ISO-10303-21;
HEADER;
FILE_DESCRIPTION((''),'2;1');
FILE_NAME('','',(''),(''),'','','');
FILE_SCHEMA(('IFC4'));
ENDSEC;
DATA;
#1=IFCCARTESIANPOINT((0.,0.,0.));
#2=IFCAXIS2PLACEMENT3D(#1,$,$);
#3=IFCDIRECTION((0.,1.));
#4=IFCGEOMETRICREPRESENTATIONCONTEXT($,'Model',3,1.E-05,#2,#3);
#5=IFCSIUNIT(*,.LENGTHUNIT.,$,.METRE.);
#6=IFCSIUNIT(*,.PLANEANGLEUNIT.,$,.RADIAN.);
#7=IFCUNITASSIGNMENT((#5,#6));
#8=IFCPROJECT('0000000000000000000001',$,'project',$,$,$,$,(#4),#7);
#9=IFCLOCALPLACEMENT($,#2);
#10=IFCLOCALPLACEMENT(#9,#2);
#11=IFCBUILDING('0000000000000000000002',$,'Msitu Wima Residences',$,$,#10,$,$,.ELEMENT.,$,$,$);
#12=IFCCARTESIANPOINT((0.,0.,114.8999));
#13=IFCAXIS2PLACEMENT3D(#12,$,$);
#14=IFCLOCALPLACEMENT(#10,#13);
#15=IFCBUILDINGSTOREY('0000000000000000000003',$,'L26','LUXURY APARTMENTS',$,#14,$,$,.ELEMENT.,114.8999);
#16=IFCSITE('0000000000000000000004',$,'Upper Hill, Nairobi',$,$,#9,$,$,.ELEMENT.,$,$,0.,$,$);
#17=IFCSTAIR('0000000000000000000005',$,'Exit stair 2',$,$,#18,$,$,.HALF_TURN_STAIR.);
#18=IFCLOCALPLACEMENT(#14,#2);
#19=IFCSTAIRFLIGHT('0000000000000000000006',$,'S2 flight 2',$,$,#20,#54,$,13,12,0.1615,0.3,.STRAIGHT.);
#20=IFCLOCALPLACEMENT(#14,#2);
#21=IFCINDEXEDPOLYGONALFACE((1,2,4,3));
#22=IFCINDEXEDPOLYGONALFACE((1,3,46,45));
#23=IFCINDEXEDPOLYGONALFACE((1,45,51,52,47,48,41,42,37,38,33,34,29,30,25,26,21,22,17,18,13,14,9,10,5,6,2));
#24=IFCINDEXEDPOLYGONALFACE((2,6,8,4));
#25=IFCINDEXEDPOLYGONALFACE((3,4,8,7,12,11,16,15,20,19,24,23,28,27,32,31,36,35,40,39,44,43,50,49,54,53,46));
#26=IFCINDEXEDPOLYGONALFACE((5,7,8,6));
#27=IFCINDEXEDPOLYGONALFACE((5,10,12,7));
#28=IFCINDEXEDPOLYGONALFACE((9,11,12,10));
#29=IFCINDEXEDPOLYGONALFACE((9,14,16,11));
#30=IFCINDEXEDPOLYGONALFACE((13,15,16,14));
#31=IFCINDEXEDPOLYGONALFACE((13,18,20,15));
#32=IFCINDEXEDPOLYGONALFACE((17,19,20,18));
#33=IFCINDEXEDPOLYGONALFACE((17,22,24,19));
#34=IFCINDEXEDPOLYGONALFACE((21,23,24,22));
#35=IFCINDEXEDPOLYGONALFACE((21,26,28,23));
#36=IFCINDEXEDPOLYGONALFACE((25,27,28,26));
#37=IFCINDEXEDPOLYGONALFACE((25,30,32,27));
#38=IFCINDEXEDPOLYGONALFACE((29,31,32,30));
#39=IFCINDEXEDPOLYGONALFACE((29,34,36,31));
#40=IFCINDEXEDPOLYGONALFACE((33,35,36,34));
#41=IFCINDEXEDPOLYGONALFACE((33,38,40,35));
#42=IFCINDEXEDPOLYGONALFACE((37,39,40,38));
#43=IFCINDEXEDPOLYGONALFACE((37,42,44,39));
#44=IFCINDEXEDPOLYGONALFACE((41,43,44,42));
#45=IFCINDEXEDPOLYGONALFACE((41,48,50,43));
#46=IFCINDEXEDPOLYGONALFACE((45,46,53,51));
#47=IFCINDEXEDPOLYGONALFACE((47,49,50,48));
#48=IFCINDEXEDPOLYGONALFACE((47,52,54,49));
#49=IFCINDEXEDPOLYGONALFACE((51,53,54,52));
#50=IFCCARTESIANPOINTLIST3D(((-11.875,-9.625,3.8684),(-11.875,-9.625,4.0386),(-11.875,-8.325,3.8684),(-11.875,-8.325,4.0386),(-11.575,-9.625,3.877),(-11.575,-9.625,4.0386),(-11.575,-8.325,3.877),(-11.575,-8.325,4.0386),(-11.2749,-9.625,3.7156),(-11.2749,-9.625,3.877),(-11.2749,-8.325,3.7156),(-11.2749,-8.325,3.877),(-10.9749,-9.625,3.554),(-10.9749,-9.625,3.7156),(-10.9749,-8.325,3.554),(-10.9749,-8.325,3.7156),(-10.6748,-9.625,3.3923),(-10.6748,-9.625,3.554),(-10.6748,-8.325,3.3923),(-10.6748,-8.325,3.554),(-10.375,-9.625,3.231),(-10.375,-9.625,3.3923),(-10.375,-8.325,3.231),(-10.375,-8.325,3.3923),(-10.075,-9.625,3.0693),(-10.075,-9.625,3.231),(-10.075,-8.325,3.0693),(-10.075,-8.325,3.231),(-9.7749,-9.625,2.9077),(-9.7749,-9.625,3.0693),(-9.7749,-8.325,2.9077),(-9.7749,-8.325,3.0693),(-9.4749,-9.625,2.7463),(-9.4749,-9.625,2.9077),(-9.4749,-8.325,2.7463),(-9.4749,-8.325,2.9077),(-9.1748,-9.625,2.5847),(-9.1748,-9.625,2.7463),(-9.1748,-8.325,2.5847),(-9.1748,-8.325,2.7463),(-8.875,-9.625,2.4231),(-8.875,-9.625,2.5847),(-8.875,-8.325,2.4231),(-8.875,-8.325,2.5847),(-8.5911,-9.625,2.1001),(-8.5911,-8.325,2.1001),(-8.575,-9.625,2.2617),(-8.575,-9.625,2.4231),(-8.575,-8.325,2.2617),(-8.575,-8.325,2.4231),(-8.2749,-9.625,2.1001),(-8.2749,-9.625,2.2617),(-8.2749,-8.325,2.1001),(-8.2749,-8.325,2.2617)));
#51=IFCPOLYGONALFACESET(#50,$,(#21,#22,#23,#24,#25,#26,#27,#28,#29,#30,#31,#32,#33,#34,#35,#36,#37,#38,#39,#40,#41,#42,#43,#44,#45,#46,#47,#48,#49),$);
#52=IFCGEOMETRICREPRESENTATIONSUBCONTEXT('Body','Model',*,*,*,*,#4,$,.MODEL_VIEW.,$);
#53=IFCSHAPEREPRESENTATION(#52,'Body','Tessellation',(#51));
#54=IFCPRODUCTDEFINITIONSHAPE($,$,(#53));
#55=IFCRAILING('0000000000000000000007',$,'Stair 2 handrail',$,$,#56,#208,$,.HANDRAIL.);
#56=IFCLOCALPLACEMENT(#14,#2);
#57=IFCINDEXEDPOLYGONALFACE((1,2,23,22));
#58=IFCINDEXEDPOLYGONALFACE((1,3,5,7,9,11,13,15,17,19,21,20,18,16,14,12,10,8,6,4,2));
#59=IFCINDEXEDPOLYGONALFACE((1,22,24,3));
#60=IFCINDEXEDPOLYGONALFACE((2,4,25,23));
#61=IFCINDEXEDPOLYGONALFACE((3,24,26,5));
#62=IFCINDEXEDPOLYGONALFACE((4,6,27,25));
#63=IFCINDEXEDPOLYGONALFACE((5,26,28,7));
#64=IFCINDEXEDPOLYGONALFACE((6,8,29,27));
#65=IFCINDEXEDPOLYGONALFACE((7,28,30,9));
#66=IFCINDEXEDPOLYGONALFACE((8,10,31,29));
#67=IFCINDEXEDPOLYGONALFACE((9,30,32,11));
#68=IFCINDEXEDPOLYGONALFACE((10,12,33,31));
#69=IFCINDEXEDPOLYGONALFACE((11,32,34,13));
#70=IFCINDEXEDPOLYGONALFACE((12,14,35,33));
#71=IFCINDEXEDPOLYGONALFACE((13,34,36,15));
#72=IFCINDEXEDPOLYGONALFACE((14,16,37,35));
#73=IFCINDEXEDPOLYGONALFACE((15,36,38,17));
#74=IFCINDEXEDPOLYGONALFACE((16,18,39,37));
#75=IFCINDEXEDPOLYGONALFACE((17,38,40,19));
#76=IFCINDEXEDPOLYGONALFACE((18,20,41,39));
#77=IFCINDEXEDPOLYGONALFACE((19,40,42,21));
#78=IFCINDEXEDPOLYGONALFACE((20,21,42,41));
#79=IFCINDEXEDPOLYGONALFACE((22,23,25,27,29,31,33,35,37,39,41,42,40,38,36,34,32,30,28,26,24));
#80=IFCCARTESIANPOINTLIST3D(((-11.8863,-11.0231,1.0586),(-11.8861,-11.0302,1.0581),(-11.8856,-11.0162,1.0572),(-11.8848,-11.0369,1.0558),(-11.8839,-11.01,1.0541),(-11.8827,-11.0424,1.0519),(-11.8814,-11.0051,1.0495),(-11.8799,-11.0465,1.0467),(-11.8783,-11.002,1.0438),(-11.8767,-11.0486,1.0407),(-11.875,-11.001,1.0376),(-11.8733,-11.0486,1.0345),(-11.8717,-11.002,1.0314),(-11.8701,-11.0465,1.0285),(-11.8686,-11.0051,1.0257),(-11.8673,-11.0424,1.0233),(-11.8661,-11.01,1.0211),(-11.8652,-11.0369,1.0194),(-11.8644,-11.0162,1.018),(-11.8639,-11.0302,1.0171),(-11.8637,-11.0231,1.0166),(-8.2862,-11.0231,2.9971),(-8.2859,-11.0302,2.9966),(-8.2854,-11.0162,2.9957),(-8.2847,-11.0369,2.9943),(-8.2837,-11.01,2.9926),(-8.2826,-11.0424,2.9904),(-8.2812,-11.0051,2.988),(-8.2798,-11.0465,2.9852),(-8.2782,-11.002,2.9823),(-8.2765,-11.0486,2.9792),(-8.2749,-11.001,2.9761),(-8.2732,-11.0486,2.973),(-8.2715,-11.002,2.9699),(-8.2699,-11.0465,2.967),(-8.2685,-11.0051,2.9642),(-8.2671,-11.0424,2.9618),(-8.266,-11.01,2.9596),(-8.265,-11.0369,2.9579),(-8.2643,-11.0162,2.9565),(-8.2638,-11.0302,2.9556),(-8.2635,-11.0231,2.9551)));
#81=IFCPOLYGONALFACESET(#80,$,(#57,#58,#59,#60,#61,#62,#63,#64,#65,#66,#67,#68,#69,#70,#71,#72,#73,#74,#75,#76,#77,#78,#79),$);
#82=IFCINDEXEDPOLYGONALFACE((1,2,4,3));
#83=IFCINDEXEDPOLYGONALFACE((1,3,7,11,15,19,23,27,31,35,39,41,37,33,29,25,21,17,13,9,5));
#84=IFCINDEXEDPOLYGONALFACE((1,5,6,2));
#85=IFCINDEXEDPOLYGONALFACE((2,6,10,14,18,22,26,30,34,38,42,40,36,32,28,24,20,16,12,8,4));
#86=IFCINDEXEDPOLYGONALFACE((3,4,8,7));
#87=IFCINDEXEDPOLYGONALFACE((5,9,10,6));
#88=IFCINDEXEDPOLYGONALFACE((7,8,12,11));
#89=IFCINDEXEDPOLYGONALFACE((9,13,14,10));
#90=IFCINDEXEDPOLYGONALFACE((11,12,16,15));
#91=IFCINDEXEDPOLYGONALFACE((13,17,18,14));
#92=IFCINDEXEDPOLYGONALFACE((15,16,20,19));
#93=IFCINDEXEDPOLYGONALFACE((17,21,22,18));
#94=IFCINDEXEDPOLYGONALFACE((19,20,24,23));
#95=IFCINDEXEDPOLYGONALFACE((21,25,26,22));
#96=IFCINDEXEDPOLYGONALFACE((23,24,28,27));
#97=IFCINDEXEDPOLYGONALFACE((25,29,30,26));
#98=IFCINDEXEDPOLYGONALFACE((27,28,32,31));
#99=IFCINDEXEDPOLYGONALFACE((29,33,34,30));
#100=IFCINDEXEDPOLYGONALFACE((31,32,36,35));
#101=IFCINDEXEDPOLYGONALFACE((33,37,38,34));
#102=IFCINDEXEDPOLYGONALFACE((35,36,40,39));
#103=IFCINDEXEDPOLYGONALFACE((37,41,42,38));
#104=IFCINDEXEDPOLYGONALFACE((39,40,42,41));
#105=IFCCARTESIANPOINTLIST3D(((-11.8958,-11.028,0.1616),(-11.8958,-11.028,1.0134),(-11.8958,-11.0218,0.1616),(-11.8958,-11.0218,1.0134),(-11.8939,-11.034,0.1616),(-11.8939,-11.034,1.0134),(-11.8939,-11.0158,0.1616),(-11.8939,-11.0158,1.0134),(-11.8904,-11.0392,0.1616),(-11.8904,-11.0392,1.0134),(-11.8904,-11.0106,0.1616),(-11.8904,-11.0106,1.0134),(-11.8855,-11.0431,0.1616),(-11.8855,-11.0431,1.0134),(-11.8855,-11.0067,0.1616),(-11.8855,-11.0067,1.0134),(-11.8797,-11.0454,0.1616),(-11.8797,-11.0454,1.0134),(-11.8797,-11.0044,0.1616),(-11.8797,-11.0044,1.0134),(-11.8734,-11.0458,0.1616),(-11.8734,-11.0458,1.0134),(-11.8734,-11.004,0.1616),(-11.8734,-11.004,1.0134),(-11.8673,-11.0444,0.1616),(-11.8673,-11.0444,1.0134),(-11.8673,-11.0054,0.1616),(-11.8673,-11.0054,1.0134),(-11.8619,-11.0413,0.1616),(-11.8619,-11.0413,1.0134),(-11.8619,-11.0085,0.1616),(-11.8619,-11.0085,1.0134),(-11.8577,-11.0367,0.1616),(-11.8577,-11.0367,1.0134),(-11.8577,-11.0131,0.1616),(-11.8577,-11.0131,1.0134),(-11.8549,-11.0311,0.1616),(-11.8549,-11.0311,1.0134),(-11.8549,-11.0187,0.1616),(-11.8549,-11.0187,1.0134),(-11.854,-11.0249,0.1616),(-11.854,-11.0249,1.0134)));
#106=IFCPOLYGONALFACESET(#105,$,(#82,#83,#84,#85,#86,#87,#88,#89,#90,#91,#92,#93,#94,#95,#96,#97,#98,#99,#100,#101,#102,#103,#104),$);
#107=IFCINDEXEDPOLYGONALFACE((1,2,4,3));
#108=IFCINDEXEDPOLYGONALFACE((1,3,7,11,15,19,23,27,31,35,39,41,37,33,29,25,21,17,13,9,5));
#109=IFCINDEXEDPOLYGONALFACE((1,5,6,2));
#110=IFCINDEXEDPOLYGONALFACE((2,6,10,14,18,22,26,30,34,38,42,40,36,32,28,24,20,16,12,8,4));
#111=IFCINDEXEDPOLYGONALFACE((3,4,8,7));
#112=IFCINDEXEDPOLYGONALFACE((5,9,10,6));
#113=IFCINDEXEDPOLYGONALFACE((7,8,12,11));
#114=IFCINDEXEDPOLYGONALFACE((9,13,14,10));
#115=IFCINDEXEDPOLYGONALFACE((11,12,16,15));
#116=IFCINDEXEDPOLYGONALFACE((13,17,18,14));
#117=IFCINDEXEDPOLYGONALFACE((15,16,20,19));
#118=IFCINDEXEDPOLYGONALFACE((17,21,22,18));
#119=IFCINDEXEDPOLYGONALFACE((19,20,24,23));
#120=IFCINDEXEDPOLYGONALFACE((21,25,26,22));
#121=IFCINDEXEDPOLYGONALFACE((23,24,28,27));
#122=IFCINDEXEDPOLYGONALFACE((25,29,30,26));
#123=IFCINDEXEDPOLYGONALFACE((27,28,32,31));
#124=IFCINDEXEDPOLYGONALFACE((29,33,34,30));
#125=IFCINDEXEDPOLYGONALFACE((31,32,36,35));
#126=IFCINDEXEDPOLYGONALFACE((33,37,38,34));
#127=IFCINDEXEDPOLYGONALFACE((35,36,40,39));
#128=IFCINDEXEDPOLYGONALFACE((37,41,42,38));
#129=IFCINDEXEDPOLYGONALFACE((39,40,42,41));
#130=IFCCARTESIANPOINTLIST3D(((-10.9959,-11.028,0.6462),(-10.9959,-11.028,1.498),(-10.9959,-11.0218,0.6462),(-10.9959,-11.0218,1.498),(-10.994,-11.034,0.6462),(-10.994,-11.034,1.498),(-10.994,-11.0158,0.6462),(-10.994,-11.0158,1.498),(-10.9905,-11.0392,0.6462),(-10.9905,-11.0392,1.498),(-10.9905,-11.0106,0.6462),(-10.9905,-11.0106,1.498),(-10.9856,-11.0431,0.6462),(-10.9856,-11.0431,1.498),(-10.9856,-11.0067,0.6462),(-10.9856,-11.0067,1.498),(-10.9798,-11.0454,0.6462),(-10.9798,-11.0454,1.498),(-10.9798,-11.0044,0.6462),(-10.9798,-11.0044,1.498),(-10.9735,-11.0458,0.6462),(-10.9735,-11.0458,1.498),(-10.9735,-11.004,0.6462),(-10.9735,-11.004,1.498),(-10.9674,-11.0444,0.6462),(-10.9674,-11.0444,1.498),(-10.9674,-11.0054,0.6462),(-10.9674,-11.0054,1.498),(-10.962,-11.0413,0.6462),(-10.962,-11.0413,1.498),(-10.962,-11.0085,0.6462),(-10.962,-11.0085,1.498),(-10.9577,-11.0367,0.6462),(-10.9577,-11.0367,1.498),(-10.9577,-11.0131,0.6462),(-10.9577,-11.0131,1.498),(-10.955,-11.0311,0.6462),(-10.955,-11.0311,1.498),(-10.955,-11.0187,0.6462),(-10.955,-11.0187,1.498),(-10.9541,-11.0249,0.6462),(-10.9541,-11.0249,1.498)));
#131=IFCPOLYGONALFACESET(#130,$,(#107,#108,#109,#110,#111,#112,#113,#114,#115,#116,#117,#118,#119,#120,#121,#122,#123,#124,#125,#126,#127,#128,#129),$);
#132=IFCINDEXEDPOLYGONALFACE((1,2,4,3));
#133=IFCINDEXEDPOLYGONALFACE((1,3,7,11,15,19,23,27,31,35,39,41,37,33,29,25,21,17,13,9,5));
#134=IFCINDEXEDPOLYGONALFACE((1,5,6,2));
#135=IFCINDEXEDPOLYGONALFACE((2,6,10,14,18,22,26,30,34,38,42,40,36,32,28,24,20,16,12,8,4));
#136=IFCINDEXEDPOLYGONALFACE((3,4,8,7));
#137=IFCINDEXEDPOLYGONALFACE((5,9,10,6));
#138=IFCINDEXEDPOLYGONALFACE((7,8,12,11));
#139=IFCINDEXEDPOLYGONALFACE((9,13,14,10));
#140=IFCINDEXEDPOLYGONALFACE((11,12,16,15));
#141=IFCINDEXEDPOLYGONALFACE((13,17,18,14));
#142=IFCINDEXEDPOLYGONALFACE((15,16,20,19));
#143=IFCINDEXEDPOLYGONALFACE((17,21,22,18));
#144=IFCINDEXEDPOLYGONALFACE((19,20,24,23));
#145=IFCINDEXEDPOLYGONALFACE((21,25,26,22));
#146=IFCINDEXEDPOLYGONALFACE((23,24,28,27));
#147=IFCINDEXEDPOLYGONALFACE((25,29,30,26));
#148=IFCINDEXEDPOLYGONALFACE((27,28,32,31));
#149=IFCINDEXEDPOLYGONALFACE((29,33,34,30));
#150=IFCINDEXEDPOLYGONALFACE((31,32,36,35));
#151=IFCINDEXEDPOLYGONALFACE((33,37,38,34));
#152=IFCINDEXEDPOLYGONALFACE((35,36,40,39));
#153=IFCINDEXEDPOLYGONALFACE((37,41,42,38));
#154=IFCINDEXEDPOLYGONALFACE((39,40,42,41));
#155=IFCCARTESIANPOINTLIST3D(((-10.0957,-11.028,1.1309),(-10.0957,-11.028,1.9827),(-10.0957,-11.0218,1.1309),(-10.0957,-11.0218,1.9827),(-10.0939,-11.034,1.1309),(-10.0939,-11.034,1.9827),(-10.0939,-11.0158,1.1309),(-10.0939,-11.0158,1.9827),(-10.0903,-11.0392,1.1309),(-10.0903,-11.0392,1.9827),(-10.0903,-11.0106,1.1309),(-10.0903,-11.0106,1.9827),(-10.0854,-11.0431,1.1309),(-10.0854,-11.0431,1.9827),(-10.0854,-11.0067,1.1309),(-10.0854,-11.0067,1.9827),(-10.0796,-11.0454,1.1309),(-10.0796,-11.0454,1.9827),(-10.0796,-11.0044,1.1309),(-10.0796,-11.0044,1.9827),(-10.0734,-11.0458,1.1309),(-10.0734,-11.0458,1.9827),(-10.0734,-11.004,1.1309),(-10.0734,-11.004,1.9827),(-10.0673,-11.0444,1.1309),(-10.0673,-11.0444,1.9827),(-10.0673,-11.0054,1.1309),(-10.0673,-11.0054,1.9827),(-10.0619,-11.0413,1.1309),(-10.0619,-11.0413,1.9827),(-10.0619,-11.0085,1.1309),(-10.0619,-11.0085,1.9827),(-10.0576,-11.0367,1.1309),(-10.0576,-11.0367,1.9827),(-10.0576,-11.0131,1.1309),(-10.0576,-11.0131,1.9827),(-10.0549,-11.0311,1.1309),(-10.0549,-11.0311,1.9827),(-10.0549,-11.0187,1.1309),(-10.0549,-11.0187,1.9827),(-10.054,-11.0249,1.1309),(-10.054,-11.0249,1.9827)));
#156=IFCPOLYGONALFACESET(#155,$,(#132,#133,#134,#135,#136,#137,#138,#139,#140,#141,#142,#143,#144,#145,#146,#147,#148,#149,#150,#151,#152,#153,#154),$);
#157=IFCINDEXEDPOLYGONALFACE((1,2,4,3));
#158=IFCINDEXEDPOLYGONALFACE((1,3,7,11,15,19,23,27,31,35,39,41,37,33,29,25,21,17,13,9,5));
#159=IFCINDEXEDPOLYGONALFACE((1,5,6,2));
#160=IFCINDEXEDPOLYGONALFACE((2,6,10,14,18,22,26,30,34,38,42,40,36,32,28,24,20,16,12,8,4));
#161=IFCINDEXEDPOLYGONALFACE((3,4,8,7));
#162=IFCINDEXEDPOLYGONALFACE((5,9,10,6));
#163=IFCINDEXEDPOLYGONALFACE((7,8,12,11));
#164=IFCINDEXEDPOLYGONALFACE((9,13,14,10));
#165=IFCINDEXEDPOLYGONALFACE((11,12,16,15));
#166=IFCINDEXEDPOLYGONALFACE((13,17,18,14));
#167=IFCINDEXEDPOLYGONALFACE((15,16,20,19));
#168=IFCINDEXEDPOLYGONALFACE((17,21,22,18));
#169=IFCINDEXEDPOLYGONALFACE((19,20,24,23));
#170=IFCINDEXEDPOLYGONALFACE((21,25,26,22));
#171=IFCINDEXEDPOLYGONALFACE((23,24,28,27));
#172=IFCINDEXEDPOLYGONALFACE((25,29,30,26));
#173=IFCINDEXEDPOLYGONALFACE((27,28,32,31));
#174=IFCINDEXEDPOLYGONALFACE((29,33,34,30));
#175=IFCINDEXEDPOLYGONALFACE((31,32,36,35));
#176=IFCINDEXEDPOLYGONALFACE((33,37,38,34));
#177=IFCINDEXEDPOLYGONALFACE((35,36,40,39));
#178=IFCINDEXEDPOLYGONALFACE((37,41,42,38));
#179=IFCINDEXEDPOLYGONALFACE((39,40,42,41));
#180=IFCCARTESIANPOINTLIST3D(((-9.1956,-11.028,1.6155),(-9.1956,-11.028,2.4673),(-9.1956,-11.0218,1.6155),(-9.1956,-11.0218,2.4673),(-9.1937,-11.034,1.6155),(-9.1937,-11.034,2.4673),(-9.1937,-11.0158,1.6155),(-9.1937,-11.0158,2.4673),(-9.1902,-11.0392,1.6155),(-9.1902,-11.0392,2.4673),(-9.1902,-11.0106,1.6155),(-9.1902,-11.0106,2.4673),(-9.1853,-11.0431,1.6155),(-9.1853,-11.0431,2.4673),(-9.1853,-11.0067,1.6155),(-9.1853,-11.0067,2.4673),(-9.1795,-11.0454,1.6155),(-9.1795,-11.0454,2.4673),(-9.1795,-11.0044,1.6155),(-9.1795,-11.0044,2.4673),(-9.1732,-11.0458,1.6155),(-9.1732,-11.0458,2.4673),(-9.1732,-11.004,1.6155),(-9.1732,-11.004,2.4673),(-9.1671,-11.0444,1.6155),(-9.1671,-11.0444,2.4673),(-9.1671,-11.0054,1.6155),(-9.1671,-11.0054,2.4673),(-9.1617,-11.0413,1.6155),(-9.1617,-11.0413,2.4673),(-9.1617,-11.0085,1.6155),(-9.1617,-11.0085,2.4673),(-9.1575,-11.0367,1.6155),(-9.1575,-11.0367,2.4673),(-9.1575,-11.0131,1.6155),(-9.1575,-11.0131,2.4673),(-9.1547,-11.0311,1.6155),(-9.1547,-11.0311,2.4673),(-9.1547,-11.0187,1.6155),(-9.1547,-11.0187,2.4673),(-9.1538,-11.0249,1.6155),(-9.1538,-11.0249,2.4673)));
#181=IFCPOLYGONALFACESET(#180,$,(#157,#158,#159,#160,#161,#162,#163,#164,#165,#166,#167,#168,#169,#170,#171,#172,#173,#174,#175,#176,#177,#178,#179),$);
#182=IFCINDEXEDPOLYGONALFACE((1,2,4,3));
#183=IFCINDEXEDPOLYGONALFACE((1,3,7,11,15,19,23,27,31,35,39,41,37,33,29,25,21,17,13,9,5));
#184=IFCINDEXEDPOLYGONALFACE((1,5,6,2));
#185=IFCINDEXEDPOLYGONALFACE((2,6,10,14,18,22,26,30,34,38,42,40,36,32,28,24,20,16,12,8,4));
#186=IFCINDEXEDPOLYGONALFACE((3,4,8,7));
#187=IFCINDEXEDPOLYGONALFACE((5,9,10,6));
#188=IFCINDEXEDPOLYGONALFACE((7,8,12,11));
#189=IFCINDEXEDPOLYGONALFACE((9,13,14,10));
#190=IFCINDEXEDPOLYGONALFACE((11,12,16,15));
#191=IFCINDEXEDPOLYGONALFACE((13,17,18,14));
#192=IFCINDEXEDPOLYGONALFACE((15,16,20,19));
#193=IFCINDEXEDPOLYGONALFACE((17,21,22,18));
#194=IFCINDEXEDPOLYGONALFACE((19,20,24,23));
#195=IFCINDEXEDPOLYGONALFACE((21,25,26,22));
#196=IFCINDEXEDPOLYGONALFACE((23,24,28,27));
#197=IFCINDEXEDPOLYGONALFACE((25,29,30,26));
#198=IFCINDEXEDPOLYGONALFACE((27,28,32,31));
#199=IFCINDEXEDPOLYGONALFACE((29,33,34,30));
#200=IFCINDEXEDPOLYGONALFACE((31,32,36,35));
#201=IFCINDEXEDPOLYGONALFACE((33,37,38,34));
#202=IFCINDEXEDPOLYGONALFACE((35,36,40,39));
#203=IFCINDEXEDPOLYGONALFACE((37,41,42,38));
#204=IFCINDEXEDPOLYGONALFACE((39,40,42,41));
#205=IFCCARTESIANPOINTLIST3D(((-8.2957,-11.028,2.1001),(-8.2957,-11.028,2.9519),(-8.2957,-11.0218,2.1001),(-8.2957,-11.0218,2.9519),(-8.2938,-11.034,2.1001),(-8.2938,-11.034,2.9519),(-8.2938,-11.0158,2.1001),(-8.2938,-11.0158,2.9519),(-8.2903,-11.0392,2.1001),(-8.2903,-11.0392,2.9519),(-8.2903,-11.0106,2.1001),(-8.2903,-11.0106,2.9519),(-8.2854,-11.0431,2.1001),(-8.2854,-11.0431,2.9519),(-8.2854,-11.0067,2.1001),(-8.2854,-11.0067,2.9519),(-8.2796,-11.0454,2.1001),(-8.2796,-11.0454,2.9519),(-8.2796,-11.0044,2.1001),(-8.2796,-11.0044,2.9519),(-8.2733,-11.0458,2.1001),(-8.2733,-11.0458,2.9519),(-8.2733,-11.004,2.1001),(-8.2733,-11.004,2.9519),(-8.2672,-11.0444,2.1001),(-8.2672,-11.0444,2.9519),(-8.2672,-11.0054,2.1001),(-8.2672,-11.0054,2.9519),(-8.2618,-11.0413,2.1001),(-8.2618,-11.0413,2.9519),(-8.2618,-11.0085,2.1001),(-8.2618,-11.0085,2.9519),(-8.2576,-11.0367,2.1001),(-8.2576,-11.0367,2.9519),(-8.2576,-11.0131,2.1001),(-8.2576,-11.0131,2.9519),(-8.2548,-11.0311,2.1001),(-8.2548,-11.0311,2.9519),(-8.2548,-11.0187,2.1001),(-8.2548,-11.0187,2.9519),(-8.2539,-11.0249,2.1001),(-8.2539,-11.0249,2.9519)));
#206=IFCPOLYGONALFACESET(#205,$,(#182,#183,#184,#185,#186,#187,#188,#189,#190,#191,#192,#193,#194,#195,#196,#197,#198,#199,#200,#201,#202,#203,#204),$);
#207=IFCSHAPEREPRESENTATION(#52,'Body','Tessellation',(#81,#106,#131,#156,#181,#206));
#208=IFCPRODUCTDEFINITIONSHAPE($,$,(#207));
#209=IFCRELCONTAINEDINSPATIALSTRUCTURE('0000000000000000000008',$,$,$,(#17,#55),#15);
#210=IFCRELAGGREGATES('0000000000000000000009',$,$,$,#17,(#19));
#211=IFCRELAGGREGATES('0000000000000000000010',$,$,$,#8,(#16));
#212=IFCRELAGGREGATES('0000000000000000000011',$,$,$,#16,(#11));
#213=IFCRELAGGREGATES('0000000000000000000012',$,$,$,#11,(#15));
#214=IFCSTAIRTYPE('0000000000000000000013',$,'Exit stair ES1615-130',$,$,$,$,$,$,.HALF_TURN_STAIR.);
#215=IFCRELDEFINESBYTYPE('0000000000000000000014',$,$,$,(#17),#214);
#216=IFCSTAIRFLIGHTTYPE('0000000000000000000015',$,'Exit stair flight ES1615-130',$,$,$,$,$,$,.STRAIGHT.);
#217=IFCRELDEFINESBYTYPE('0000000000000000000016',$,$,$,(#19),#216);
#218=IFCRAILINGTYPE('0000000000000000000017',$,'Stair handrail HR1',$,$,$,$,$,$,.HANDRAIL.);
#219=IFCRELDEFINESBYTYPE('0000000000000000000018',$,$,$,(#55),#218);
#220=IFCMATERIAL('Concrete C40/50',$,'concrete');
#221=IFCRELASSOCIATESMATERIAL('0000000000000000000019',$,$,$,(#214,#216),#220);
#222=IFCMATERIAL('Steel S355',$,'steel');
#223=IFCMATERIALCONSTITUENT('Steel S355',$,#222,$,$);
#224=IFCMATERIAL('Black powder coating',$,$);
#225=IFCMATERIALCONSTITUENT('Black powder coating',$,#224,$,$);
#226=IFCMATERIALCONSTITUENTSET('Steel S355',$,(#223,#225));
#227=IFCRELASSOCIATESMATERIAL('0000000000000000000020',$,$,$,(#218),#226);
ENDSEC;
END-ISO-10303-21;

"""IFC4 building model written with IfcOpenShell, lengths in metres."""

from ifc_helpers import new_model, si_unit, direction, frame, origin, origin_2d, place, context, subcontext, project, spatial, polyline, circle, outline, extrude, material, constituent, constituent_set, type_object, element, aggregate, save


model = new_model("IFC4")

# Units and contexts
model_context = context("Model", 3, precision=1e-05, world=origin(), true_north=direction((0.0, 1.0)))
body_context = subcontext(model_context, "Body", "Model", "MODEL_VIEW")
ifc_project = project(units=[si_unit("LENGTHUNIT", "METRE"), si_unit("PLANEANGLEUNIT", "RADIAN")], contexts=[model_context])

# Site, building, storey
site_placement = place(None, origin())
site = spatial("IfcSite", under=ifc_project, at=site_placement, Name="Upper Hill, Nairobi", CompositionType="ELEMENT", RefElevation=0.0)
building_placement = place(site_placement, origin())
building = spatial("IfcBuilding", under=site, at=building_placement, Name="Msitu Wima Residences", CompositionType="ELEMENT")
storey_placement = place(building_placement, frame((0.0, 0.0, 114.8999)))
storey = spatial("IfcBuildingStorey", under=building, at=storey_placement, Name="L26", Description="LUXURY APARTMENTS", CompositionType="ELEMENT", Elevation=114.8999)

# Stair, stair flight
ifc_material_1 = material(Name="Concrete C40/50", Category="concrete")
stair_type = type_object("IfcStairType", Name="Exit stair ES1615-130", PredefinedType="HALF_TURN_STAIR", material=ifc_material_1)
stair_placement = place(storey_placement, origin())
stair = element("IfcStair", 1, at=stair_placement, inside=storey, type_object=stair_type, Name="Exit stair 2", PredefinedType="HALF_TURN_STAIR")
stair_flight_type = type_object("IfcStairFlightType", Name="Exit stair flight ES1615-130", PredefinedType="STRAIGHT", material=ifc_material_1)
stair_flight_1_placement = place(storey_placement, frame((-8.2749, -8.9751, 2.1001), z_axis=(0.0, 0.0, 1.0), x_axis=(-1.0, 0.0, 0.0)))
stair_flight_1 = element("IfcStairFlight", 2, at=stair_flight_1_placement, type_object=stair_flight_type, Name="S2 flight 2", NumberOfRisers=13, NumberOfTreads=12, PredefinedType="STRAIGHT", RiserHeight=0.1615, TreadLength=0.3, context=body_context, shape_type="SweptSolid", body=[
    extrude(outline(polyline([(0.0, 0.0), (0.0, 0.1616), (0.3, 0.1616), (0.3, 0.323), (0.6001, 0.323), (0.6001, 0.4846), (0.8999, 0.4846), (0.8999, 0.6462), (1.2, 0.6462), (1.2, 0.8076), (1.5, 0.8076), (1.5, 0.9692), (1.8, 0.9692), (1.8, 1.1309), (2.1001, 1.1309), (2.1001, 1.2922), (2.3999, 1.2922), (2.3999, 1.4539), (2.7, 1.4539), (2.7, 1.6155), (3.0, 1.6155), (3.0, 1.7769), (3.3, 1.7769), (3.3, 1.9385), (3.6001, 1.9385), (3.6001, 2.1001), (3.6001, 1.7683), (0.3162, 0.0), (0.0, 0.0)])), frame((0.0, 0.6499, 0.0), z_axis=(0.0, -1.0, 0.0), x_axis=(1.0, 0.0, 0.0)), (0.0, 0.0, 1.0), 1.3),
])
aggregate(stair, [stair_flight_1])

# Railing
ifc_material_2 = material(Name="Steel S355", Category="steel")
ifc_constituent_1 = constituent(ifc_material_2, Name="Steel S355")
ifc_material_3 = material(Name="Black powder coating")
ifc_constituent_2 = constituent(ifc_material_3, Name="Black powder coating")
ifc_constituent_set = constituent_set(constituents=[ifc_constituent_1, ifc_constituent_2], Name="Steel S355")
railing_type = type_object("IfcRailingType", Name="Stair handrail HR1", PredefinedType="HANDRAIL", material=ifc_constituent_set)
for number, where, name in (
    (3, (-11.875, -11.0249, 0.1616), "Stair 2 handrail"),
):
    element("IfcRailing", number, at=place(storey_placement, frame(where)), inside=storey, type_object=railing_type, Name=name, PredefinedType="HANDRAIL", context=body_context, shape_type="SweptSolid", body=[
        extrude(circle(Radius=0.0239, at=origin_2d()), frame((0.0, 0.0, 0.876), z_axis=(0.880475, 0.0, 0.474093), x_axis=(0.0, 1.0, 0.0)), (0.0, 0.0, 1.0), 4.0889),
        extrude(circle(Radius=0.021, at=origin_2d()), origin(), (0.0, 0.0, 1.0), 0.8518),
        extrude(circle(Radius=0.021, at=origin_2d()), frame((0.8999, 0.0, 0.4846)), (0.0, 0.0, 1.0), 0.8518),
        extrude(circle(Radius=0.021, at=origin_2d()), frame((1.8, 0.0, 0.9692)), (0.0, 0.0, 1.0), 0.8518),
        extrude(circle(Radius=0.021, at=origin_2d()), frame((2.7002, 0.0, 1.4539)), (0.0, 0.0, 1.0), 0.8518),
        extrude(circle(Radius=0.021, at=origin_2d()), frame((3.6001, 0.0, 1.9385)), (0.0, 0.0, 1.0), 0.8518),
    ])

save(model, "model.ifc")
